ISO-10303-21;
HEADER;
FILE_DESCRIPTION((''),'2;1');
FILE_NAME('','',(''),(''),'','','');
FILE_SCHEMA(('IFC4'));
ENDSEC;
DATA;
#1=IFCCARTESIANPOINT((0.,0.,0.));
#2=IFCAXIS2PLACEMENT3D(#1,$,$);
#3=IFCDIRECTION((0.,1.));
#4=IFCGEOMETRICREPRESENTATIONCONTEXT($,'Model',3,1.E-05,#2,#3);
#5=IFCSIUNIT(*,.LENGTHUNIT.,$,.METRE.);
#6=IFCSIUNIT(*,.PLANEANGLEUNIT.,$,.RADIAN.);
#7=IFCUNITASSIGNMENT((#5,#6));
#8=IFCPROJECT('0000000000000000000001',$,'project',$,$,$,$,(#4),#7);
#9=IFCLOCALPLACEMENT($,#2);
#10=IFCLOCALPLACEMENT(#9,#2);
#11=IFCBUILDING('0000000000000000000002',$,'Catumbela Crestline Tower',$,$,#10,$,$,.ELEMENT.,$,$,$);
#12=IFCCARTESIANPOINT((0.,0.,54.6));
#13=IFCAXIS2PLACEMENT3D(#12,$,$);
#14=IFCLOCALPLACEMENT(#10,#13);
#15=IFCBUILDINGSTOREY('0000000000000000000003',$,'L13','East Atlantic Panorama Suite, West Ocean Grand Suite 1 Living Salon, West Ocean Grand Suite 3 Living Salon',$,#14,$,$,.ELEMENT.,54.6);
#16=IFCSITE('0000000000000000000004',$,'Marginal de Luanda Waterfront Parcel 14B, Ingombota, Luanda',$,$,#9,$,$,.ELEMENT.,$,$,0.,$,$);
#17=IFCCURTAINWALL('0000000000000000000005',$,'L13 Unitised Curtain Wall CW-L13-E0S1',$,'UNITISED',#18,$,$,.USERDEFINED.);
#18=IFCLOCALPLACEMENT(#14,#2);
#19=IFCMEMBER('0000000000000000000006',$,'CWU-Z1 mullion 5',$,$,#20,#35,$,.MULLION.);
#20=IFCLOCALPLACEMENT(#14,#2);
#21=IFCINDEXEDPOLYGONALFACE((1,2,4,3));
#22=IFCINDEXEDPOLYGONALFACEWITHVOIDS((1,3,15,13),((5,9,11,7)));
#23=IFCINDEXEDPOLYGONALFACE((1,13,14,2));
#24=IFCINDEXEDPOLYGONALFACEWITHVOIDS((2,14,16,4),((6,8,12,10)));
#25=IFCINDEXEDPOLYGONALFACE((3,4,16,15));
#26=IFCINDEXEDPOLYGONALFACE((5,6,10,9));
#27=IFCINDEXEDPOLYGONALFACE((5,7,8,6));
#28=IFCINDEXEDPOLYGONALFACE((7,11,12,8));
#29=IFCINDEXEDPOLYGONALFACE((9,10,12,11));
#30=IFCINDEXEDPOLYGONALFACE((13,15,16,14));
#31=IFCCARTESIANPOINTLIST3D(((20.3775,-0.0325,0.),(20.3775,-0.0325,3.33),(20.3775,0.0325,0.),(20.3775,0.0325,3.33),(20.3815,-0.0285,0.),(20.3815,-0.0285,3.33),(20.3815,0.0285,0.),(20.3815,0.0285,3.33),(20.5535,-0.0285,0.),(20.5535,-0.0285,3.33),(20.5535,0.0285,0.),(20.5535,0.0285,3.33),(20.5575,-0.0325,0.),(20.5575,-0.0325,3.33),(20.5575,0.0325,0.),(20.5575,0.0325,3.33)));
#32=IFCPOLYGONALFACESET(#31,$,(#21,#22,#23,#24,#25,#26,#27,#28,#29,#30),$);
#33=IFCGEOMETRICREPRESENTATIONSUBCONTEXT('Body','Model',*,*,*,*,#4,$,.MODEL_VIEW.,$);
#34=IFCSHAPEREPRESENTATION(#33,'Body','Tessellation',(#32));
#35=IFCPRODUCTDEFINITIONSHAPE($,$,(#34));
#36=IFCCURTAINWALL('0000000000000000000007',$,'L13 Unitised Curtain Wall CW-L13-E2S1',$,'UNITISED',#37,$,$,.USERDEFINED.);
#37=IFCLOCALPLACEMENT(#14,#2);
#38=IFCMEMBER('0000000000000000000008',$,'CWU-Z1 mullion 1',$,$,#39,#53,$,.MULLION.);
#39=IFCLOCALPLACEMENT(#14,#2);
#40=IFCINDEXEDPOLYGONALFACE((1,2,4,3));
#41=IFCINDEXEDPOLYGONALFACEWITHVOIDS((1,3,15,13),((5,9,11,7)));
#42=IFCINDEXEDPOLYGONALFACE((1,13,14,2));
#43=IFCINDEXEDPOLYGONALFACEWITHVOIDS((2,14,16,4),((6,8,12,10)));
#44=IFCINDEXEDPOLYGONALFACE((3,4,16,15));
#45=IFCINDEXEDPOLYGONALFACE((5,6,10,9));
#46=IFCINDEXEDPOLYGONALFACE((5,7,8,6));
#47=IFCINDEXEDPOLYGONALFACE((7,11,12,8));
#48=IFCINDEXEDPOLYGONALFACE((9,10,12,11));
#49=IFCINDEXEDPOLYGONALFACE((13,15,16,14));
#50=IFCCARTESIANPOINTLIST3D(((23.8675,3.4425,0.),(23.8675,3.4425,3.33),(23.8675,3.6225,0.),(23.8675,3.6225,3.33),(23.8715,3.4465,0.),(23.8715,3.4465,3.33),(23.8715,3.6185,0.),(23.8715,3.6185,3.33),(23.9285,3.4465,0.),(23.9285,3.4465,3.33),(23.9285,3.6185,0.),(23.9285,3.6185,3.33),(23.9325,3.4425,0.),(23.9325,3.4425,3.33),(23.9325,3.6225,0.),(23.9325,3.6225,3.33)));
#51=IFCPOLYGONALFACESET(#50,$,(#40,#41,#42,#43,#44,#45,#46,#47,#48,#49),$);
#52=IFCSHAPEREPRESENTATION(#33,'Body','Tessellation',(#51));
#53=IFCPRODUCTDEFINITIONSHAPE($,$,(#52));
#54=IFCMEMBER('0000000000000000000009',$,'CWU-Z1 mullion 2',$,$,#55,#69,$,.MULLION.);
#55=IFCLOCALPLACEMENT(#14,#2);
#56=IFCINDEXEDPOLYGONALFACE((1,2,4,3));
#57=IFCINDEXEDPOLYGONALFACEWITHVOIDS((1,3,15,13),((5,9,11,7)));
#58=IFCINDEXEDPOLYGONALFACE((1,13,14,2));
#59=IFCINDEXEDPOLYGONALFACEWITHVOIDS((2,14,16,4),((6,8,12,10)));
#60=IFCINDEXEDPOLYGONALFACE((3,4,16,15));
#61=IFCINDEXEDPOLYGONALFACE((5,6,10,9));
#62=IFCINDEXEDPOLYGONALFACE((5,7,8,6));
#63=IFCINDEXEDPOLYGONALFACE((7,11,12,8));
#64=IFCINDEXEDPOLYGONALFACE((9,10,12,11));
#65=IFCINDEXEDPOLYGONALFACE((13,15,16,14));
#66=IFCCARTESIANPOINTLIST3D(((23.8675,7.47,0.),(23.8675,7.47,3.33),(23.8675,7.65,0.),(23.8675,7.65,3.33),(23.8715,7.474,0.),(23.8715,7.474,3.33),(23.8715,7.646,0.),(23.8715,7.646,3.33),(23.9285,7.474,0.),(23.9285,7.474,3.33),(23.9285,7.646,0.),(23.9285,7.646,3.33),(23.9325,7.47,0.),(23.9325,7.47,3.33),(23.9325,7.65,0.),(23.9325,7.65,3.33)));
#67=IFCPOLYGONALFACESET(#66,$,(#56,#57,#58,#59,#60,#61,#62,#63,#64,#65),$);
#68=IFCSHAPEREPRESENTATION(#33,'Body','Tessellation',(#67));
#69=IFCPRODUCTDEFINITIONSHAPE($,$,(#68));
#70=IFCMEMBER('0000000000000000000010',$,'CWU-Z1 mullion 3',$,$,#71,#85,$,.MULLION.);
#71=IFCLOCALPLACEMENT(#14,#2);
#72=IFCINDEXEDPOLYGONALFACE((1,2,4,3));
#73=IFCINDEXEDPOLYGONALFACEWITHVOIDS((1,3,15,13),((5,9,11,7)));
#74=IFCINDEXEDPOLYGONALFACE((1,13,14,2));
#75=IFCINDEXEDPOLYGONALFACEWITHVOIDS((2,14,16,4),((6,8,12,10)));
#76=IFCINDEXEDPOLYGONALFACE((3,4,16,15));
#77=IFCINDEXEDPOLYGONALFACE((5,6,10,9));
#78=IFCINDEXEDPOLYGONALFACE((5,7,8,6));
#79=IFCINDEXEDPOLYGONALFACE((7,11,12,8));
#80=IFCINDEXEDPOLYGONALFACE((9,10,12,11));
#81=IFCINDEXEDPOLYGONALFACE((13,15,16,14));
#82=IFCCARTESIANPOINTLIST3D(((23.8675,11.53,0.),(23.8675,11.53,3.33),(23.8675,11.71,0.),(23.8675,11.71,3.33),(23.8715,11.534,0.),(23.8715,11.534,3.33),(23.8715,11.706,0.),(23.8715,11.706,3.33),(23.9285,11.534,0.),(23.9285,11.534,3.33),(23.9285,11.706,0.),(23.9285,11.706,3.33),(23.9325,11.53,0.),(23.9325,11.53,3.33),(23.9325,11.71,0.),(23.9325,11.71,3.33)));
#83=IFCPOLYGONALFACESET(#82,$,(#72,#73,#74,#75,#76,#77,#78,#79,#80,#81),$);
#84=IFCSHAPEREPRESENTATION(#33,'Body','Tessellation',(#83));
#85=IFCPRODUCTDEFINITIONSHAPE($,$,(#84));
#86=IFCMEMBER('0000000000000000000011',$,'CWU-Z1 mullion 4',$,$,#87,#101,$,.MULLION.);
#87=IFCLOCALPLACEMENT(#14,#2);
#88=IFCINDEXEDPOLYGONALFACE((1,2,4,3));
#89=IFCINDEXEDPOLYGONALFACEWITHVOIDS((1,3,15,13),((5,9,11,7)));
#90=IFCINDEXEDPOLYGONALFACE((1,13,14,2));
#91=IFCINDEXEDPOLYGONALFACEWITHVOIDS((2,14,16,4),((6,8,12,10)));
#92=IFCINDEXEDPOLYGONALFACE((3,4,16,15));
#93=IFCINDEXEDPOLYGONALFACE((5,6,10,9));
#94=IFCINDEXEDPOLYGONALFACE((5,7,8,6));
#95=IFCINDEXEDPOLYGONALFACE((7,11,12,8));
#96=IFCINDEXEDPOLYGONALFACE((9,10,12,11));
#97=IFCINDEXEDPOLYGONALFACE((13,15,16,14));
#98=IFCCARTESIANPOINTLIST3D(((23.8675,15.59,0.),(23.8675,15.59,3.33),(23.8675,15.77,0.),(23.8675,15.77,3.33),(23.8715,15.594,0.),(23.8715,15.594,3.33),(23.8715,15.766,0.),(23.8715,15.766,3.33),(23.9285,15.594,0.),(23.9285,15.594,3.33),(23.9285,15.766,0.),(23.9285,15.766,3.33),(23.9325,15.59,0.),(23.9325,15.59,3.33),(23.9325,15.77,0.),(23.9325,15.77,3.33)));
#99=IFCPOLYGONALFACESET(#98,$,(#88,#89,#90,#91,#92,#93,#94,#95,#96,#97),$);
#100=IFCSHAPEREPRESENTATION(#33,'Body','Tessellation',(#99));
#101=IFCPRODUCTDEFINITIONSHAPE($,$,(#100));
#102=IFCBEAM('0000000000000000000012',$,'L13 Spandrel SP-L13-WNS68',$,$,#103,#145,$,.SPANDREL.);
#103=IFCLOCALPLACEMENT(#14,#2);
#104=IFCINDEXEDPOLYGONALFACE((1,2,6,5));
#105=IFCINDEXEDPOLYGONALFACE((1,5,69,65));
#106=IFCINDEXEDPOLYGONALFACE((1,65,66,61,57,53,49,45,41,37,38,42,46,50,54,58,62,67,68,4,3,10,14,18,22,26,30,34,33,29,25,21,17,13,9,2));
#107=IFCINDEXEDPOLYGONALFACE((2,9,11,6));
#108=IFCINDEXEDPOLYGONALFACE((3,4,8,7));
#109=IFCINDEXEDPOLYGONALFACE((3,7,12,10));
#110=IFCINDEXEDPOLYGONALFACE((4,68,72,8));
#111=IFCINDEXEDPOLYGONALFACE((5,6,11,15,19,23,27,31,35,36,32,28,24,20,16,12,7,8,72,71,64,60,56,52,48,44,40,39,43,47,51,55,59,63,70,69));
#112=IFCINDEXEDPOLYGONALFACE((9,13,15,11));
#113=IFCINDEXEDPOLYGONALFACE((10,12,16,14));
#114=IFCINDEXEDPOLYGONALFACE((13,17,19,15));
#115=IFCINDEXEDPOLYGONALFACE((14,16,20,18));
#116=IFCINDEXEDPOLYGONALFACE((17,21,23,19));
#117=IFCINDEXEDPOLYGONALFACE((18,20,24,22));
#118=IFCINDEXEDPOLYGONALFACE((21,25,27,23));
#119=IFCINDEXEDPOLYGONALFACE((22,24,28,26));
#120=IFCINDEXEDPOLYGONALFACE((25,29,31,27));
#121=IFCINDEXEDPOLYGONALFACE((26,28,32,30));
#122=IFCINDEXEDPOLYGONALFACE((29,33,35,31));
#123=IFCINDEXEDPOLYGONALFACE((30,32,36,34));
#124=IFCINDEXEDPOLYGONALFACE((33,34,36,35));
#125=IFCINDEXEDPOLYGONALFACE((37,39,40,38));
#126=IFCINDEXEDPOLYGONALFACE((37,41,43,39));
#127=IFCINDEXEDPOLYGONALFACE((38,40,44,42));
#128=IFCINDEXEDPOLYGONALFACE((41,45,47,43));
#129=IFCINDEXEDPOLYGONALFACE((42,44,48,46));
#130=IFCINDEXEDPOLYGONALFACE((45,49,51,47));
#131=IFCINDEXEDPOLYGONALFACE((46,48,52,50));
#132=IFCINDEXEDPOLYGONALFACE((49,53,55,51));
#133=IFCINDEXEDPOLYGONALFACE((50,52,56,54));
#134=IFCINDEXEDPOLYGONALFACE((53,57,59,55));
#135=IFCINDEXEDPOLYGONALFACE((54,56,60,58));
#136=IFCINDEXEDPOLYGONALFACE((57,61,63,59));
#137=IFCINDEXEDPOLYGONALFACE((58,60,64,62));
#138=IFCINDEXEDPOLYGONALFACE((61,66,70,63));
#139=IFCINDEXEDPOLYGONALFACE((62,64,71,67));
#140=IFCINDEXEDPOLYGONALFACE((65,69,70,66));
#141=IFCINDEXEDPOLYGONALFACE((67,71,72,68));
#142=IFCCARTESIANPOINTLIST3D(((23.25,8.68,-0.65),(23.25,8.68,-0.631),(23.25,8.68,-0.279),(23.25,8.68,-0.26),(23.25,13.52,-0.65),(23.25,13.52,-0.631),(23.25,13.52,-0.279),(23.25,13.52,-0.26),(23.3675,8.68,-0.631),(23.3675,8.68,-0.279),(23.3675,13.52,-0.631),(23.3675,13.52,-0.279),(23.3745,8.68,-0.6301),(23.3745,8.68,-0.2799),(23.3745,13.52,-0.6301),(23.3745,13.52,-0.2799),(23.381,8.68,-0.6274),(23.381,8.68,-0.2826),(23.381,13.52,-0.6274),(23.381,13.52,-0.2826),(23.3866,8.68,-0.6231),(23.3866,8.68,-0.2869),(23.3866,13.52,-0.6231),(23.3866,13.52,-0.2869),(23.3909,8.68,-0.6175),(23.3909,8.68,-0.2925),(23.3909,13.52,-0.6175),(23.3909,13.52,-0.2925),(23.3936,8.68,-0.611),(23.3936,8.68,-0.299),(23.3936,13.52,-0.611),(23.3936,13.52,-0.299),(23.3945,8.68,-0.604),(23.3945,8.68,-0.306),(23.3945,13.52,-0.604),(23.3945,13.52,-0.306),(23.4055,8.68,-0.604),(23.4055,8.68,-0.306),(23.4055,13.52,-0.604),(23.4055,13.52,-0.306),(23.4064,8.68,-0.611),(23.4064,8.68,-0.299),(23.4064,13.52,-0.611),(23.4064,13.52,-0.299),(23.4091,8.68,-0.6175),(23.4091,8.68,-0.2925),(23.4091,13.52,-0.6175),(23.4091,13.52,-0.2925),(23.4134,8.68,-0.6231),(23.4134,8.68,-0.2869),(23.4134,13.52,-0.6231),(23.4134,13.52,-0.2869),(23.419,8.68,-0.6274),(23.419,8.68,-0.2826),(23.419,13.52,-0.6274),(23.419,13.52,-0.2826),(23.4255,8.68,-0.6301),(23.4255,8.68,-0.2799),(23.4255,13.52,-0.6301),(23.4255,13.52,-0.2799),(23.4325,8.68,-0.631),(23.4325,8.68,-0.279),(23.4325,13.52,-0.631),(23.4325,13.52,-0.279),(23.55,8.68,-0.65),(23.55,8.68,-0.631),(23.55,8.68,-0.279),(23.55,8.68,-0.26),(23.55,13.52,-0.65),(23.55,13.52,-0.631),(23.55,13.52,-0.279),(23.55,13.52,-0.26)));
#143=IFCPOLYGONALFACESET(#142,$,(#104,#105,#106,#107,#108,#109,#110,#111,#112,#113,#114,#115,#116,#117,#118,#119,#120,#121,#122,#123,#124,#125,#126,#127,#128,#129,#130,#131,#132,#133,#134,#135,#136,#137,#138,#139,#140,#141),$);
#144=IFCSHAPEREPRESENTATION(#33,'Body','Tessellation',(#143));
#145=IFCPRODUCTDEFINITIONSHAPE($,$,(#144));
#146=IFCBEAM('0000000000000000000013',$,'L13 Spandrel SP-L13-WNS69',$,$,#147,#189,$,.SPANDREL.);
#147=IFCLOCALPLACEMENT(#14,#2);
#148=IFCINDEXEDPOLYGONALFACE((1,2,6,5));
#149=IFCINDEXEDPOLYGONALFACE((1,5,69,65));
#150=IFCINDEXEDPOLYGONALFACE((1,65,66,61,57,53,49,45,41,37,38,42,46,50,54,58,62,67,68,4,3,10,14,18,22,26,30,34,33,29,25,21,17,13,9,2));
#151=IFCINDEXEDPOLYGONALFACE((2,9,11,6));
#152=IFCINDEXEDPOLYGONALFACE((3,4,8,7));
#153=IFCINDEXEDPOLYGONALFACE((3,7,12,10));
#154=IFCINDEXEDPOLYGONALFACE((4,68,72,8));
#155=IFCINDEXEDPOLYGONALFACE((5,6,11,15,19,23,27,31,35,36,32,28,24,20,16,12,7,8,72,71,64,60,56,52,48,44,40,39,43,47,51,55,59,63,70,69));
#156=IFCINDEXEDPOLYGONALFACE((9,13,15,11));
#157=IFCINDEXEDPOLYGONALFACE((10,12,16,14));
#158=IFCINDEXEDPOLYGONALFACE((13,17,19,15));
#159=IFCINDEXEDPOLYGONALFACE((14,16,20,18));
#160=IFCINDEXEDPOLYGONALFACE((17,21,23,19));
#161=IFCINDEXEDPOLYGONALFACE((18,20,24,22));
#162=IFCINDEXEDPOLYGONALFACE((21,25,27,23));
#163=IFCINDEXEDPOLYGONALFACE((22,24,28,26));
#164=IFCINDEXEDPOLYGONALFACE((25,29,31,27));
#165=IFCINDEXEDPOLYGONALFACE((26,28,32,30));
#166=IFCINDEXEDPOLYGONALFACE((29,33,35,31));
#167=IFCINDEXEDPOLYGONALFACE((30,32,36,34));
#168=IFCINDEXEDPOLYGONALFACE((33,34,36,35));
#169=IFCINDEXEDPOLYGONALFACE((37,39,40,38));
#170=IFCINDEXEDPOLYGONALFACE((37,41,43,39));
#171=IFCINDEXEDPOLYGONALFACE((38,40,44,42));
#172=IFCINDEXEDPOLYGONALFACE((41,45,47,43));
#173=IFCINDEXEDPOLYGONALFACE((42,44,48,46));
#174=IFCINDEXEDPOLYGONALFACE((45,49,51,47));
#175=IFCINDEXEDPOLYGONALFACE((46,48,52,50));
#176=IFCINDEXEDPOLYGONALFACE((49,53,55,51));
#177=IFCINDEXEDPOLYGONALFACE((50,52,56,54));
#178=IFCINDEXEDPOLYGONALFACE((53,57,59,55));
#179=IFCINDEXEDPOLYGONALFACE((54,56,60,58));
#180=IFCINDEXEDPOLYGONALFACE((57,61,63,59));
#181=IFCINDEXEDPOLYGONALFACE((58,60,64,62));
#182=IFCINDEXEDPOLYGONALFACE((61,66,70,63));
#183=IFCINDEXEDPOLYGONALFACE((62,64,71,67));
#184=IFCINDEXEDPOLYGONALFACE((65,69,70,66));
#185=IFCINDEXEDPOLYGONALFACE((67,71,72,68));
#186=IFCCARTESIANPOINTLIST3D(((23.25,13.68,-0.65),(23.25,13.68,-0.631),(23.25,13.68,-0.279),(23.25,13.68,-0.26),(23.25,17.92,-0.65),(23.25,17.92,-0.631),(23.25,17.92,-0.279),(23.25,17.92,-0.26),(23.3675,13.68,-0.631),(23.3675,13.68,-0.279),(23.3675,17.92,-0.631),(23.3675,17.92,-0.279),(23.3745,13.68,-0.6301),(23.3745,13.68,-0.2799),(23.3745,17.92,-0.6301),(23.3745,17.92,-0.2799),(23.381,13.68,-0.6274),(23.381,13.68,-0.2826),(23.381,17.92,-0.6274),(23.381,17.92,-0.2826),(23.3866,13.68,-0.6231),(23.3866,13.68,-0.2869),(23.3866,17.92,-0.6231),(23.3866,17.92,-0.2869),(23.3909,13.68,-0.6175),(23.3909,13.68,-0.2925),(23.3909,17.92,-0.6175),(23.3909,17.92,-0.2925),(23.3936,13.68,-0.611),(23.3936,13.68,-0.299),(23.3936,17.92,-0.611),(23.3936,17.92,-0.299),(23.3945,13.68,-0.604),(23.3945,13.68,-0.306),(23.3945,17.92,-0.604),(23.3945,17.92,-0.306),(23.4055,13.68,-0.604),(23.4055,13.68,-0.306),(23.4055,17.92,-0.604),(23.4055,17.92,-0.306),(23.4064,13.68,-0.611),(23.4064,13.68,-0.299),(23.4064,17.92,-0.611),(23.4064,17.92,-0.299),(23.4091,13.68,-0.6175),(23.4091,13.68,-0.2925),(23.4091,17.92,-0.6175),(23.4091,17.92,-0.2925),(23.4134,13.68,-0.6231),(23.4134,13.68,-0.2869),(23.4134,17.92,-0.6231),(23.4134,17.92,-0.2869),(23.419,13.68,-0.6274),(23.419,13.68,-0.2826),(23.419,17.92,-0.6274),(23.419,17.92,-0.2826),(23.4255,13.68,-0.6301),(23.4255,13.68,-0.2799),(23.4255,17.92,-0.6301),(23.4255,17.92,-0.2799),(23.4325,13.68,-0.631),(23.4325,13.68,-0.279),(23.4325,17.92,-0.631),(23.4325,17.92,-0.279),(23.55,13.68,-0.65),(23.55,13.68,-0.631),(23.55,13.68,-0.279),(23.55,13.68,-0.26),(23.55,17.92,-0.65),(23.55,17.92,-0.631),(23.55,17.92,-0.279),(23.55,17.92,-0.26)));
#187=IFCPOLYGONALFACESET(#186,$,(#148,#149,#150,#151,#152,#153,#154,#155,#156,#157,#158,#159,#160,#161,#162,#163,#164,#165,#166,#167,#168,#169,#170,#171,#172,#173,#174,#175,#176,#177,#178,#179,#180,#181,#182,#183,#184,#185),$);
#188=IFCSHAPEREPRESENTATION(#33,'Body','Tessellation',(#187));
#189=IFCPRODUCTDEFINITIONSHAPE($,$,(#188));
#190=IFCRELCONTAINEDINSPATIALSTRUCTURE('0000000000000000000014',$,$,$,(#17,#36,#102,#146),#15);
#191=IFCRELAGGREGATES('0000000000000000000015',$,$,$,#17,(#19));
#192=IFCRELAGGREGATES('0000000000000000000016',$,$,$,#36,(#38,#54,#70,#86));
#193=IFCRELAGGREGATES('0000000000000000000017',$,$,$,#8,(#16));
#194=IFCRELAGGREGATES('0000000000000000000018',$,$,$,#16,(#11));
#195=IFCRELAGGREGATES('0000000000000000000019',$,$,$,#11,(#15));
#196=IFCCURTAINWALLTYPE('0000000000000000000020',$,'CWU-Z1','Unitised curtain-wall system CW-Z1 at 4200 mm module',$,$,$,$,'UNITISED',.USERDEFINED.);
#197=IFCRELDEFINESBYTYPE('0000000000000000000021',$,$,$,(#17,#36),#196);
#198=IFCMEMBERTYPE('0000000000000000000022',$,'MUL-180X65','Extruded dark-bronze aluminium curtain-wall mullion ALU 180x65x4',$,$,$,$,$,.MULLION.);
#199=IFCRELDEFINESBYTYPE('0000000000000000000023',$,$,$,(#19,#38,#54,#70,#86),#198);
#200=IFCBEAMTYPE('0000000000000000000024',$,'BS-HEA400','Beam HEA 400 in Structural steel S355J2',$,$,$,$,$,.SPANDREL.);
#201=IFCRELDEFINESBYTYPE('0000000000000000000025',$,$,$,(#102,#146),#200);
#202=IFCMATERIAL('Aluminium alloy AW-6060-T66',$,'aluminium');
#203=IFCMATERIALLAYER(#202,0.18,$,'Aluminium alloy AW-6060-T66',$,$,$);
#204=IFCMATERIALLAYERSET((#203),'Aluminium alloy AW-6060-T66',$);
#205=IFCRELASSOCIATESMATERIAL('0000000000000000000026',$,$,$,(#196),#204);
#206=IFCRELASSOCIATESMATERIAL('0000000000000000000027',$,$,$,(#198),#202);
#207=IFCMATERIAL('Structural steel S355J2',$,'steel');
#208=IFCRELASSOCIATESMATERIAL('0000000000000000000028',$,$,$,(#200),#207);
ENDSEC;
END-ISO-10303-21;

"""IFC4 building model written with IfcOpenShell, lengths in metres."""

from ifc_helpers import new_model, si_unit, direction, frame, origin, origin_2d, place, context, subcontext, project, spatial, hollow_rectangle, i_section, extrude, material, layer, layer_set, material_profile, profile_set, type_object, element, aggregate, save


model = new_model("IFC4")

# Units and contexts
model_context = context("Model", 3, precision=1e-05, world=origin(), true_north=direction((0.0, 1.0)))
body_context = subcontext(model_context, "Body", "Model", "MODEL_VIEW")
ifc_project = project(units=[si_unit("LENGTHUNIT", "METRE"), si_unit("PLANEANGLEUNIT", "RADIAN")], contexts=[model_context])

# Site, building, storey
site_placement = place(None, origin())
site = spatial("IfcSite", under=ifc_project, at=site_placement, Name="Marginal de Luanda Waterfront Parcel 14B, Ingombota, Luanda", CompositionType="ELEMENT", RefElevation=0.0)
building_placement = place(site_placement, origin())
building = spatial("IfcBuilding", under=site, at=building_placement, Name="Catumbela Crestline Tower", CompositionType="ELEMENT")
storey_placement = place(building_placement, frame((0.0, 0.0, 54.6)))
storey = spatial("IfcBuildingStorey", under=building, at=storey_placement, Name="L13", Description="East Atlantic Panorama Suite, West Ocean Grand Suite 1 Living Salon, West Ocean Grand Suite 3 Living Salon", CompositionType="ELEMENT", Elevation=54.6)

# Shared definitions
ifc_material_1 = material(Name="Structural steel S355J2", Category="steel")

# Curtain wall, member
ifc_material_2 = material(Name="Aluminium alloy AW-6060-T66", Category="aluminium")
ifc_layer_1 = layer(ifc_material_2, 0.18, Name="Aluminium alloy AW-6060-T66")
ifc_layer_set_1 = layer_set([ifc_layer_1], Name="Aluminium alloy AW-6060-T66")
curtain_wall_type = type_object("IfcCurtainWallType", Name="CWU-Z1", Description="Unitised curtain-wall system CW-Z1 at 4200 mm module", ElementType="UNITISED", PredefinedType="USERDEFINED", material=ifc_layer_set_1)
curtain_wall_1_placement = place(storey_placement, origin())
curtain_wall_1 = element("IfcCurtainWall", 1, at=curtain_wall_1_placement, inside=storey, type_object=curtain_wall_type, Name="L13 Unitised Curtain Wall CW-L13-E0S1", ObjectType="UNITISED", PredefinedType="USERDEFINED")
ifc_material_profile_1 = material_profile(ifc_material_2, hollow_rectangle(XDim=0.065, YDim=0.18, WallThickness=0.004, at=origin_2d()), Name="ALU 180x65x4")
ifc_profile_set_1 = profile_set([ifc_material_profile_1], Name="Aluminium alloy AW-6060-T66")
member_type_1 = type_object("IfcMemberType", Name="MUL-180X65", Description="Extruded dark-bronze aluminium curtain-wall mullion ALU 180x65x4", PredefinedType="MULLION", material=ifc_profile_set_1)
member_1_placement = place(storey_placement, frame((20.4675, 0.0, 0.0), z_axis=(0.0, 0.0, 1.0), x_axis=(0.0, 1.0, 0.0)))
member_1 = element("IfcMember", 2, at=member_1_placement, type_object=member_type_1, Name="CWU-Z1 mullion 5", PredefinedType="MULLION", context=body_context, shape_type="SweptSolid", body=[
    extrude(hollow_rectangle(XDim=0.065, YDim=0.18, WallThickness=0.004, at=origin_2d()), origin(), (0.0, 0.0, 1.0), 3.33),
])
aggregate(curtain_wall_1, [member_1])

# Curtain wall, members
curtain_wall_2_placement = place(storey_placement, origin())
curtain_wall_2 = element("IfcCurtainWall", 3, at=curtain_wall_2_placement, inside=storey, type_object=curtain_wall_type, Name="L13 Unitised Curtain Wall CW-L13-E2S1", ObjectType="UNITISED", PredefinedType="USERDEFINED")
member_2_placement = place(storey_placement, frame((23.9, 3.5325, 0.0), z_axis=(0.0, 0.0, 1.0), x_axis=(-1.0, 0.0, 0.0)))
member_2 = element("IfcMember", 4, at=member_2_placement, type_object=member_type_1, Name="CWU-Z1 mullion 1", PredefinedType="MULLION", context=body_context, shape_type="SweptSolid", body=[
    extrude(hollow_rectangle(XDim=0.065, YDim=0.18, WallThickness=0.004, at=origin_2d()), origin(), (0.0, 0.0, 1.0), 3.33),
])
member_3_placement = place(storey_placement, frame((23.9, 7.56, 0.0), z_axis=(0.0, 0.0, 1.0), x_axis=(-1.0, 0.0, 0.0)))
member_3 = element("IfcMember", 5, at=member_3_placement, type_object=member_type_1, Name="CWU-Z1 mullion 2", PredefinedType="MULLION", context=body_context, shape_type="SweptSolid", body=[
    extrude(hollow_rectangle(XDim=0.065, YDim=0.18, WallThickness=0.004, at=origin_2d()), origin(), (0.0, 0.0, 1.0), 3.33),
])
member_4_placement = place(storey_placement, frame((23.9, 11.62, 0.0), z_axis=(0.0, 0.0, 1.0), x_axis=(-1.0, 0.0, 0.0)))
member_4 = element("IfcMember", 6, at=member_4_placement, type_object=member_type_1, Name="CWU-Z1 mullion 3", PredefinedType="MULLION", context=body_context, shape_type="SweptSolid", body=[
    extrude(hollow_rectangle(XDim=0.065, YDim=0.18, WallThickness=0.004, at=origin_2d()), origin(), (0.0, 0.0, 1.0), 3.33),
])
member_5_placement = place(storey_placement, frame((23.9, 15.68, 0.0), z_axis=(0.0, 0.0, 1.0), x_axis=(-1.0, 0.0, 0.0)))
member_5 = element("IfcMember", 7, at=member_5_placement, type_object=member_type_1, Name="CWU-Z1 mullion 4", PredefinedType="MULLION", context=body_context, shape_type="SweptSolid", body=[
    extrude(hollow_rectangle(XDim=0.065, YDim=0.18, WallThickness=0.004, at=origin_2d()), origin(), (0.0, 0.0, 1.0), 3.33),
])

# Beams
ifc_material_profile_2 = material_profile(ifc_material_1, i_section(OverallWidth=0.3, OverallDepth=0.39, WebThickness=0.011, FlangeThickness=0.019, FilletRadius=0.027, at=origin_2d()), Name="HEA 400")
ifc_profile_set_2 = profile_set([ifc_material_profile_2], Name="Structural steel S355J2")
beam_type_1 = type_object("IfcBeamType", Name="BS-HEA400", Description="Beam HEA 400 in Structural steel S355J2", PredefinedType="SPANDREL", material=ifc_profile_set_2)
beam_1_placement = place(storey_placement, frame((23.4, 8.68, -0.455), z_axis=(0.0, 1.0, 0.0), x_axis=(-1.0, 0.0, 0.0)))
element("IfcBeam", 8, at=beam_1_placement, inside=storey, type_object=beam_type_1, Name="L13 Spandrel SP-L13-WNS68", PredefinedType="SPANDREL", context=body_context, shape_type="SweptSolid", body=[
    extrude(i_section(OverallWidth=0.3, OverallDepth=0.39, WebThickness=0.011, FlangeThickness=0.019, FilletRadius=0.027, at=origin_2d()), origin(), (0.0, 0.0, 1.0), 4.84),
])
beam_2_placement = place(storey_placement, frame((23.4, 13.68, -0.455), z_axis=(0.0, 1.0, 0.0), x_axis=(-1.0, 0.0, 0.0)))
element("IfcBeam", 9, at=beam_2_placement, inside=storey, type_object=beam_type_1, Name="L13 Spandrel SP-L13-WNS69", PredefinedType="SPANDREL", context=body_context, shape_type="SweptSolid", body=[
    extrude(i_section(OverallWidth=0.3, OverallDepth=0.39, WebThickness=0.011, FlangeThickness=0.019, FilletRadius=0.027, at=origin_2d()), origin(), (0.0, 0.0, 1.0), 4.24),
])

aggregate(curtain_wall_2, [member_2, member_3, member_4, member_5])

save(model, "model.ifc")
